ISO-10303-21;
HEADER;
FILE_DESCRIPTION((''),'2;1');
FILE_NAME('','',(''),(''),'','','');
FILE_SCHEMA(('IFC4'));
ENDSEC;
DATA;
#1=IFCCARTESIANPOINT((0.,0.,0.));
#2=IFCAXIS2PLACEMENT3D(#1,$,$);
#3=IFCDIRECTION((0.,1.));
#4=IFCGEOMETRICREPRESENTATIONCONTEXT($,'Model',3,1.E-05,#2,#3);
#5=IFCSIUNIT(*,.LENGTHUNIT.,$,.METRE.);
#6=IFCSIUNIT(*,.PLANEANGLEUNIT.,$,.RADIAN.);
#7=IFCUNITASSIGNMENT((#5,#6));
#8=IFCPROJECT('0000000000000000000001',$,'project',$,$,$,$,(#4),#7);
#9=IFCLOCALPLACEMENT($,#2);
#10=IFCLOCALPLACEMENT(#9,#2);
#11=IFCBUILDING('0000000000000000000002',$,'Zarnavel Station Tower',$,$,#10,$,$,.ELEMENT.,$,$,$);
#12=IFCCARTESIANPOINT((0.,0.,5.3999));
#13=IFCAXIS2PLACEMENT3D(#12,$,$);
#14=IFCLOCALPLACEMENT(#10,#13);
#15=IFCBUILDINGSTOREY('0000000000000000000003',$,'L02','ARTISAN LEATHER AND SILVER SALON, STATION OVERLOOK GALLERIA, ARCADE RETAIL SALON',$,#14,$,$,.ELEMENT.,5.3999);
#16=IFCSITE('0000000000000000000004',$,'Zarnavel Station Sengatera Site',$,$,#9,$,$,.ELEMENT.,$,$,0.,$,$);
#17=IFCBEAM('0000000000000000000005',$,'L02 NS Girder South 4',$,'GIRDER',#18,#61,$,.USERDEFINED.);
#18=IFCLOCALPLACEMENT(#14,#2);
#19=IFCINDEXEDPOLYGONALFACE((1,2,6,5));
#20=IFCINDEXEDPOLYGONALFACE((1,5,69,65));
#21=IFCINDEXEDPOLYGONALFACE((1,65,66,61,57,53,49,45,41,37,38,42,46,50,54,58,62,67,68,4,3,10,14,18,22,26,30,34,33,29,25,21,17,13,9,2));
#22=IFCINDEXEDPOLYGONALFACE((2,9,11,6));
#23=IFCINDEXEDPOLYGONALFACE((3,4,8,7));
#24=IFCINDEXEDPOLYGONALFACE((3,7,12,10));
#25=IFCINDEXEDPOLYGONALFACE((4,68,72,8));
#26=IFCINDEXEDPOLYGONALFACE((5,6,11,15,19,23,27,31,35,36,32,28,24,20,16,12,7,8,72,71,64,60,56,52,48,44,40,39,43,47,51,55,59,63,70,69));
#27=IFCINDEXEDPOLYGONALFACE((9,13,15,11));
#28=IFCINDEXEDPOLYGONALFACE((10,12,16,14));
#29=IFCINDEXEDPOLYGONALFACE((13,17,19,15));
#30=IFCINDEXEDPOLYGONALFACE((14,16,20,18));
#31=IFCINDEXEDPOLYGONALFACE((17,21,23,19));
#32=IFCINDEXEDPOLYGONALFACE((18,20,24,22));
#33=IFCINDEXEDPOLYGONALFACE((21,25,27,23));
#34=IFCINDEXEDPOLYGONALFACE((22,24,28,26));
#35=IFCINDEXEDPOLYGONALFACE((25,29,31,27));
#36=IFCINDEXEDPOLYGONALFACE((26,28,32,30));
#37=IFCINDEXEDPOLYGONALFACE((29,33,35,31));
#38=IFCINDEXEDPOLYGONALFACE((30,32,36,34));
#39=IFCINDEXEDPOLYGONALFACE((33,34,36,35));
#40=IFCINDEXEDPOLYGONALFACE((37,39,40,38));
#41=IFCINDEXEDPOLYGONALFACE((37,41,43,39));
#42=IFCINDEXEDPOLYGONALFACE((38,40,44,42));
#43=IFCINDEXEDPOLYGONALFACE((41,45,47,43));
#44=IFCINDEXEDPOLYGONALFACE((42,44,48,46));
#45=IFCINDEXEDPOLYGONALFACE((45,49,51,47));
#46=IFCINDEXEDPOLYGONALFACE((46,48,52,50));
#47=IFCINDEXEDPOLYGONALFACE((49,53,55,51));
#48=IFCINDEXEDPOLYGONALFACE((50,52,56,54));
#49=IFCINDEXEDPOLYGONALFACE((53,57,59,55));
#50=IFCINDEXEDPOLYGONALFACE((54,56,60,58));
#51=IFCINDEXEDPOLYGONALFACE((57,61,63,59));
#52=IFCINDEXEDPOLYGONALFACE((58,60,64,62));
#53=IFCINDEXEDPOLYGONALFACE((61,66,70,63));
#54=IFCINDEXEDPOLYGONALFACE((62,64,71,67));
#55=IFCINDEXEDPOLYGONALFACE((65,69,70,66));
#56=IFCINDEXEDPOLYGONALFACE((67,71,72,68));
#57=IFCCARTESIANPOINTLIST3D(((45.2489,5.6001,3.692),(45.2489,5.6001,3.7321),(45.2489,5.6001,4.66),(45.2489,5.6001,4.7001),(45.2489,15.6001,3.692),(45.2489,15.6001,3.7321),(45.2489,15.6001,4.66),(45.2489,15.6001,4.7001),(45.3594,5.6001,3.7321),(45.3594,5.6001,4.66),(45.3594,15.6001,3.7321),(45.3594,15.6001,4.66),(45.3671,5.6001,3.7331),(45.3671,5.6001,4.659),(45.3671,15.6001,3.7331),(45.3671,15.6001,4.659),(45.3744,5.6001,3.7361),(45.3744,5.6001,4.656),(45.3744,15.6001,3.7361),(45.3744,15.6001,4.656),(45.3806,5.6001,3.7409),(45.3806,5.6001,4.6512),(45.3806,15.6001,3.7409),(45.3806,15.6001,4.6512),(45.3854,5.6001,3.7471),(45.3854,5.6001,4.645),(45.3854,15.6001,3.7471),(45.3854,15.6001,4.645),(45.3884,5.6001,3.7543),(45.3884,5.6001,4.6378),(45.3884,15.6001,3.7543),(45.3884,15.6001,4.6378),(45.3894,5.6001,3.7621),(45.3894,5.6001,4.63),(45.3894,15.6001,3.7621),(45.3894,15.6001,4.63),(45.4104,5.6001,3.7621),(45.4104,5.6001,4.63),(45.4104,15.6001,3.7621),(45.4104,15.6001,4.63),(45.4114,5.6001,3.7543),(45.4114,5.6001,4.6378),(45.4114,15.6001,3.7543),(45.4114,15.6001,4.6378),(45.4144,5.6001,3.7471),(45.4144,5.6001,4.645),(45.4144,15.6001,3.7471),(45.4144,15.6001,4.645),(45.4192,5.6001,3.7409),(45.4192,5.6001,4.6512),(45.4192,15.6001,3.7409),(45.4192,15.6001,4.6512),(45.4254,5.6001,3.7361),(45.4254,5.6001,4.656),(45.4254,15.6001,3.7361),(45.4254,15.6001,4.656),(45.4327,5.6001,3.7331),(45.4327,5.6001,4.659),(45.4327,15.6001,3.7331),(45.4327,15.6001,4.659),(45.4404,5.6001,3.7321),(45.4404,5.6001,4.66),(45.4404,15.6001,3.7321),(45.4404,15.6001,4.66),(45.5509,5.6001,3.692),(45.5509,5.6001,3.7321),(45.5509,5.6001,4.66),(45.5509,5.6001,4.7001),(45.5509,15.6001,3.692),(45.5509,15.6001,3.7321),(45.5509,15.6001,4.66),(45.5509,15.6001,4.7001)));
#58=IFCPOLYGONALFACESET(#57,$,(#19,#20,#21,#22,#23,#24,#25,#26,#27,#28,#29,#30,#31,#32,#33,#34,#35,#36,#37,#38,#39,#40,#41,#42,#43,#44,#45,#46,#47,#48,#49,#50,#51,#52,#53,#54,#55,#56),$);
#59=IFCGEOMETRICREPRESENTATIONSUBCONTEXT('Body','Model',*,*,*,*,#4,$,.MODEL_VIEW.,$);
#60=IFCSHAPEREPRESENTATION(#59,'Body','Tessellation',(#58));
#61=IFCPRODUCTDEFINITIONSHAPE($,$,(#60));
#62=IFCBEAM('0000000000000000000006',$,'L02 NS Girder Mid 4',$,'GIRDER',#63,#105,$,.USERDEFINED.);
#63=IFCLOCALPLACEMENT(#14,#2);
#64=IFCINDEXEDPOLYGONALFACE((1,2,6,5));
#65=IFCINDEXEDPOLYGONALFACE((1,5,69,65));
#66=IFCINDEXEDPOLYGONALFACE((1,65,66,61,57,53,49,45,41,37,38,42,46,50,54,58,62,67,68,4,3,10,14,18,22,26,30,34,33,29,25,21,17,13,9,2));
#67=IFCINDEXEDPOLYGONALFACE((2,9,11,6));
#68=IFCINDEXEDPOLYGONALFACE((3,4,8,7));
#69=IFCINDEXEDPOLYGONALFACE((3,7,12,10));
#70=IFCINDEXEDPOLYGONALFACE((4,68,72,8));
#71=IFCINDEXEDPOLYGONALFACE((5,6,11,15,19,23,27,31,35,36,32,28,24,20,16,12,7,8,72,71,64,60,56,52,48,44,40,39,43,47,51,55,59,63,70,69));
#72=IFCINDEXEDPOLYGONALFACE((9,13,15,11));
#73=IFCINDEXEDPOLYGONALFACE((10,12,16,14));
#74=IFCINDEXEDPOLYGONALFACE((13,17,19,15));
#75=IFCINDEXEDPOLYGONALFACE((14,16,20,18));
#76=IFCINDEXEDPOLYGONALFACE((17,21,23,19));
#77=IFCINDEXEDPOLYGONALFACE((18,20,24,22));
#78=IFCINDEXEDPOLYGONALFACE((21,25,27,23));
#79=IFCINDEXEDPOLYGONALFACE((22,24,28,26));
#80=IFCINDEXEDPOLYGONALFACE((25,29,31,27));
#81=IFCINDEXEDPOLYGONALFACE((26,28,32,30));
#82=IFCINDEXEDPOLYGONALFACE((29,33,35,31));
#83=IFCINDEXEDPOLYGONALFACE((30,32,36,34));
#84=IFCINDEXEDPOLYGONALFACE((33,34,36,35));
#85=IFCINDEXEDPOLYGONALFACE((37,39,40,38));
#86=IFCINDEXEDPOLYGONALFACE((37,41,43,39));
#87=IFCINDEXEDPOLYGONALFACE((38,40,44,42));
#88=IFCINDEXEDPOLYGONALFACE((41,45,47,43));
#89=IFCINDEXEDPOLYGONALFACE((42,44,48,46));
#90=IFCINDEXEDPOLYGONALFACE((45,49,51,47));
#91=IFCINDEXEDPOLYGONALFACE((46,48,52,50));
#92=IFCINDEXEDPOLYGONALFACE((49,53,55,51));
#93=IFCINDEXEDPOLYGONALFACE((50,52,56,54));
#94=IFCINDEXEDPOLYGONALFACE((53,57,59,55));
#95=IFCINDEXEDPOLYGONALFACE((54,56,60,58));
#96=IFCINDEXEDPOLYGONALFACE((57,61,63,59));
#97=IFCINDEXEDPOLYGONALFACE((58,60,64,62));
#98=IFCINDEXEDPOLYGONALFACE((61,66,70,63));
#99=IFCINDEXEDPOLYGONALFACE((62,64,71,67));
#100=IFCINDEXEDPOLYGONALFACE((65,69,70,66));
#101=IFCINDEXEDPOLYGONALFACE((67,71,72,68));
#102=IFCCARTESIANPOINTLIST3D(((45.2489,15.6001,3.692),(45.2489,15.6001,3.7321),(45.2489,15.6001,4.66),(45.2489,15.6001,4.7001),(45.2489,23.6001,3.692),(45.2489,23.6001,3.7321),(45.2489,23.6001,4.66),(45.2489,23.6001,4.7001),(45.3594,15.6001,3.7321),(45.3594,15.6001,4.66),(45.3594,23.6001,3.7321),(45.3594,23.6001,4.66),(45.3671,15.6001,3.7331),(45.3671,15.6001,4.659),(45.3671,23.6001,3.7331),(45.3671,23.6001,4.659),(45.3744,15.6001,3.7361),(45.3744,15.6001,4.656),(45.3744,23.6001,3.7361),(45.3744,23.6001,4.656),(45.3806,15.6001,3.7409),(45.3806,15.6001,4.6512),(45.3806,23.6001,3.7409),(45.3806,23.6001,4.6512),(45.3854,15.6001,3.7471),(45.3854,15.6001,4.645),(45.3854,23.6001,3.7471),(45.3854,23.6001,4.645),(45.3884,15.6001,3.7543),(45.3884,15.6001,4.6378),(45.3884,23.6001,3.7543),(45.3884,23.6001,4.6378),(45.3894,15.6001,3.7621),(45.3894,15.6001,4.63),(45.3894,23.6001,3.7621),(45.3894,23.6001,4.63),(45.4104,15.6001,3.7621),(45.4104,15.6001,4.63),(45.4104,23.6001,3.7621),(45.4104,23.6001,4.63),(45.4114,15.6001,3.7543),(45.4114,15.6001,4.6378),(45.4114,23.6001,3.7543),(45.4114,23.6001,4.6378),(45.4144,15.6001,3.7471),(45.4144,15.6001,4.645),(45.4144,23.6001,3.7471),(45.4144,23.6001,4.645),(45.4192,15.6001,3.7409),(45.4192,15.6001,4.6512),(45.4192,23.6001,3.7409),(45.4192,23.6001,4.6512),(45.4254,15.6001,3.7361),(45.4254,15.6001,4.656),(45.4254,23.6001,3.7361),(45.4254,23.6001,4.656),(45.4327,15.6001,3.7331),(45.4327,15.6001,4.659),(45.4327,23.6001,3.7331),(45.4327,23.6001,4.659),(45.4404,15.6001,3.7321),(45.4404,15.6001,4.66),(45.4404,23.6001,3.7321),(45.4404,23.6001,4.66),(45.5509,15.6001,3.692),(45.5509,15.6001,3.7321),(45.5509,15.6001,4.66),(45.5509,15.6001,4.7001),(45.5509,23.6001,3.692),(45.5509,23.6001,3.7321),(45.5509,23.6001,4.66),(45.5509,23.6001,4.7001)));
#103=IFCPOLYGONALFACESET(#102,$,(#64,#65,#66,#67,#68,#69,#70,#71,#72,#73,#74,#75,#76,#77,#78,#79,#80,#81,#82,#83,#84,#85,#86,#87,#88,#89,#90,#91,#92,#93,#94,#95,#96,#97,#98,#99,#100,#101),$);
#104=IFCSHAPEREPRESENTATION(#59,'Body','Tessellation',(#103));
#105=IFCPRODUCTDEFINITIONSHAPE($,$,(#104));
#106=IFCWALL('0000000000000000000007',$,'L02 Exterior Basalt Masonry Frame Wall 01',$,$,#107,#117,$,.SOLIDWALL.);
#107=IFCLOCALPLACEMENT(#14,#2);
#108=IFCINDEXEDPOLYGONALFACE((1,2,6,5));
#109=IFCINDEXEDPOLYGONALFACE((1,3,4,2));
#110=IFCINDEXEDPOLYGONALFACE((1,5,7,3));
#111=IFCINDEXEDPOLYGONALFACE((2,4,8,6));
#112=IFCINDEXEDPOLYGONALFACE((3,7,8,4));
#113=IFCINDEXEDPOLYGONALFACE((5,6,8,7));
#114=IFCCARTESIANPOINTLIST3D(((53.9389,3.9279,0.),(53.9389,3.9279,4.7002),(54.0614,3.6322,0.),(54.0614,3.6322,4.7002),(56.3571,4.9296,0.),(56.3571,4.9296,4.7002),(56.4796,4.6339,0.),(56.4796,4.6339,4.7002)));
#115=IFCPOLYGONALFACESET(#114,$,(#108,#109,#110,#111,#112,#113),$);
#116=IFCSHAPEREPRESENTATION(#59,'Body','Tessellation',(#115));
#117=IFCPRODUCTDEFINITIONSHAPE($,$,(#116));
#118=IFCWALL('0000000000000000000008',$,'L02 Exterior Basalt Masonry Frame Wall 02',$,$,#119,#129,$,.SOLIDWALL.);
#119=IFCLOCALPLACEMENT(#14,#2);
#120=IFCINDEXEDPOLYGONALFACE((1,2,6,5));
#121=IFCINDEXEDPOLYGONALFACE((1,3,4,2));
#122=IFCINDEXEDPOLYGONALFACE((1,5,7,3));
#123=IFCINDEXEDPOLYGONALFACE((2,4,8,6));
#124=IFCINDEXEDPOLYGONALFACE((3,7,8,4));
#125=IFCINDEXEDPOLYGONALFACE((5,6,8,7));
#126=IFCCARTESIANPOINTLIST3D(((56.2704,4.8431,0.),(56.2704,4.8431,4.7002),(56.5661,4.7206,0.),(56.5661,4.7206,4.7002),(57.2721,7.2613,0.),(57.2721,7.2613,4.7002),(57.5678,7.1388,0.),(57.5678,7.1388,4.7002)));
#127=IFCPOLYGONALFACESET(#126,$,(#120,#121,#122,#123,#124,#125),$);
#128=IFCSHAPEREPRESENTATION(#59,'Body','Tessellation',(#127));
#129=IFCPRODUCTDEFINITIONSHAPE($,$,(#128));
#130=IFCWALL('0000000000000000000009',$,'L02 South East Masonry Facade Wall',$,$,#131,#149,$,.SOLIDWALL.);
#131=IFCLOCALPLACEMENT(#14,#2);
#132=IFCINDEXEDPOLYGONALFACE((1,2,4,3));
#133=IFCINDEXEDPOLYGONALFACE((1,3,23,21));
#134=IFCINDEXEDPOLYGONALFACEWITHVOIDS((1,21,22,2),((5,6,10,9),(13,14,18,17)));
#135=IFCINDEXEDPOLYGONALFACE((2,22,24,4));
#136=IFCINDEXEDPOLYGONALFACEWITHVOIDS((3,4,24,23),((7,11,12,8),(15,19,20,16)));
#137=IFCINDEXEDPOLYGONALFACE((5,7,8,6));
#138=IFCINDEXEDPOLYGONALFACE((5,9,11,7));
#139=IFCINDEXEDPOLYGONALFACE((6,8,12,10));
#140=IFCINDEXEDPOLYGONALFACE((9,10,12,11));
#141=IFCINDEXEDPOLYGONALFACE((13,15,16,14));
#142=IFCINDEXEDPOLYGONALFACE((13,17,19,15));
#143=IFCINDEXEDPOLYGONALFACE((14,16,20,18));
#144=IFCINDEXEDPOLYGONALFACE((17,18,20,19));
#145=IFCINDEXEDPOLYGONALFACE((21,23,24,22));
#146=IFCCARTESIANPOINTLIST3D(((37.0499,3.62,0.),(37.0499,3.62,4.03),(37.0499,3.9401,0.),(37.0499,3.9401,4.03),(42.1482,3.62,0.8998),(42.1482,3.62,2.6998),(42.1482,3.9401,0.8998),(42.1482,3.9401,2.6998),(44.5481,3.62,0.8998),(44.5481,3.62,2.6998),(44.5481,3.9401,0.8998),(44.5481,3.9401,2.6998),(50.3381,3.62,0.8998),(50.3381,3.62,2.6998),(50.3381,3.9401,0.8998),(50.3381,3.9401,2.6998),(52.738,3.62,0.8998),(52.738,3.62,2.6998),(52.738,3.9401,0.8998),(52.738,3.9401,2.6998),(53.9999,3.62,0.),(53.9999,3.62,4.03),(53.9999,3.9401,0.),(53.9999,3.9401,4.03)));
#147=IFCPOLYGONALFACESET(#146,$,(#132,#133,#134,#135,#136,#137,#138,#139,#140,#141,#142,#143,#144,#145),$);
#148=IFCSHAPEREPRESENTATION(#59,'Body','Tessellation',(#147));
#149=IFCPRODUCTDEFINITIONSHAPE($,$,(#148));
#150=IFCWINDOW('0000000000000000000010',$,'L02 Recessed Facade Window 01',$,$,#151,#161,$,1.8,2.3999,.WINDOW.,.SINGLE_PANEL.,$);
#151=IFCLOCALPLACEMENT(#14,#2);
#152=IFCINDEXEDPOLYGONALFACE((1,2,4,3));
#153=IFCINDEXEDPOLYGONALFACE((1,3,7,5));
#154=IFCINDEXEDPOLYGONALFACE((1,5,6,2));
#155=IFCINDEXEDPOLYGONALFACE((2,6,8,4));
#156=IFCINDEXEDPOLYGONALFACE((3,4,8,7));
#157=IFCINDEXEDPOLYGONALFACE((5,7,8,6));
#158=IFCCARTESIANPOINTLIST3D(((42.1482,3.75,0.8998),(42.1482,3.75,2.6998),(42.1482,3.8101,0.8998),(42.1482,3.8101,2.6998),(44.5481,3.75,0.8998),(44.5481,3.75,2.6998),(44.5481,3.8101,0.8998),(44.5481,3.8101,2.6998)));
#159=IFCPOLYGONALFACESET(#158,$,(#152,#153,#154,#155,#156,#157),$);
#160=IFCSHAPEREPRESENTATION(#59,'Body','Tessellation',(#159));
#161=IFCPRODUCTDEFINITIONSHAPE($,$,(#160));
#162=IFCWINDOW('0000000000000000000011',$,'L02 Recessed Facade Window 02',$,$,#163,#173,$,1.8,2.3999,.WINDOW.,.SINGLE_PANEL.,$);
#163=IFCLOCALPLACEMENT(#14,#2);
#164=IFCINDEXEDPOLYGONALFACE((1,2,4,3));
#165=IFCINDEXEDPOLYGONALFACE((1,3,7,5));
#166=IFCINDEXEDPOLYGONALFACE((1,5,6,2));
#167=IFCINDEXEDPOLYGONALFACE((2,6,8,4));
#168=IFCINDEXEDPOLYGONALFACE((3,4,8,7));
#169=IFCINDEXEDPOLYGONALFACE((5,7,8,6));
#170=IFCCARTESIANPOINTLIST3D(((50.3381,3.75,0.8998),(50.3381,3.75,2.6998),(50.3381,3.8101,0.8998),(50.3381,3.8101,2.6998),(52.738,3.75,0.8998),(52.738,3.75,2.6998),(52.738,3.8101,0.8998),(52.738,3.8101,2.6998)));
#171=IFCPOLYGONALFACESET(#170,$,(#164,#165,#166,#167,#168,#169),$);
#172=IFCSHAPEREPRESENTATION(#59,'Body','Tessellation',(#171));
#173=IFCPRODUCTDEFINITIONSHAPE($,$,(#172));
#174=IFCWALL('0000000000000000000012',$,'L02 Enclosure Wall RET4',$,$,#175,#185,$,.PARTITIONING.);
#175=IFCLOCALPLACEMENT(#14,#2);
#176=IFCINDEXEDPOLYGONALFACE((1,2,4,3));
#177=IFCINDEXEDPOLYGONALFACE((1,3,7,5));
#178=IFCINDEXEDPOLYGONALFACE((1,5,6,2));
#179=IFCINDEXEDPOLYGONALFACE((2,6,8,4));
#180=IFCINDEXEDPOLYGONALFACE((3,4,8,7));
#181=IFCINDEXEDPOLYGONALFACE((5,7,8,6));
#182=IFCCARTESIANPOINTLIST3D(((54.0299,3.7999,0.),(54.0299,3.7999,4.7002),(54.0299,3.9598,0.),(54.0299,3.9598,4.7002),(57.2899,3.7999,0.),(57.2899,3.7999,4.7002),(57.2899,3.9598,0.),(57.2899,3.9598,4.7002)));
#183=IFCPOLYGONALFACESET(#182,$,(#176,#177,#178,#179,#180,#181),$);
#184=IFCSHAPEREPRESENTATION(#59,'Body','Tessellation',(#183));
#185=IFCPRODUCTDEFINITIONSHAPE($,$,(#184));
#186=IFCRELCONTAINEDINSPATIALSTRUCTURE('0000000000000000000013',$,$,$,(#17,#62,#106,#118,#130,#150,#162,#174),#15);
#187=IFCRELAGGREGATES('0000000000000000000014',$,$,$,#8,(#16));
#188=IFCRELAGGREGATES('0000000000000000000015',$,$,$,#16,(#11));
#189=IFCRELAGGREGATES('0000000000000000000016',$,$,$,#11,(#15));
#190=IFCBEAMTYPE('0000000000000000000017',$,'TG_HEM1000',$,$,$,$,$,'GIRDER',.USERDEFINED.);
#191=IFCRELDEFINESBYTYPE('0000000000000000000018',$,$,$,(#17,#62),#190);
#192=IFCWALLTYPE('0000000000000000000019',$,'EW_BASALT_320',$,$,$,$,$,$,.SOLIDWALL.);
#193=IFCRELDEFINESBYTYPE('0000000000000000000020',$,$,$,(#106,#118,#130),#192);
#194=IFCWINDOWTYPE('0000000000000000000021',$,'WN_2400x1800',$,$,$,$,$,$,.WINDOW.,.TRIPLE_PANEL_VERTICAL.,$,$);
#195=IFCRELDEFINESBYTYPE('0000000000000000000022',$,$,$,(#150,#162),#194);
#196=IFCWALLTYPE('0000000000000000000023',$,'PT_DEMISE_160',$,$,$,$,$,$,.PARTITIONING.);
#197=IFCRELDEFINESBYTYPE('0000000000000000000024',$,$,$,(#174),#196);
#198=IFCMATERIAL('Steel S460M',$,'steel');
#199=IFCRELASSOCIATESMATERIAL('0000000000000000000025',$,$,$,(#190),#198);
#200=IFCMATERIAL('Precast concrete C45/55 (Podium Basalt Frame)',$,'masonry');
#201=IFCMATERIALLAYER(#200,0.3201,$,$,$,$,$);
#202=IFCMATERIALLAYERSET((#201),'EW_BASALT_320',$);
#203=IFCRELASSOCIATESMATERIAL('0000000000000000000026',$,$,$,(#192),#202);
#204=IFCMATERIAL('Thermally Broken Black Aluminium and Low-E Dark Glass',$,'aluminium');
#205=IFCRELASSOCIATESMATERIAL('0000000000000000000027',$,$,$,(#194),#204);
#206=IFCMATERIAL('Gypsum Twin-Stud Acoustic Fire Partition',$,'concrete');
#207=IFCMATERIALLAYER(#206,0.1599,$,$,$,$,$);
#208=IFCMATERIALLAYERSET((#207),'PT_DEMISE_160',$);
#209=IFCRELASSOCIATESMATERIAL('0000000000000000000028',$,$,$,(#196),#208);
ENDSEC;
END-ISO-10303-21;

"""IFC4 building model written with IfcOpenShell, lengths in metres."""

from ifc_helpers import new_model, si_unit, direction, frame, frame_2d, origin, origin_2d, place, context, subcontext, project, spatial, rectangle, i_section, extrude, material, layer, layer_set, material_profile, profile_set, type_object, element, fill, save


model = new_model("IFC4")

# Units and contexts
model_context = context("Model", 3, precision=1e-05, world=origin(), true_north=direction((0.0, 1.0)))
body_context = subcontext(model_context, "Body", "Model", "MODEL_VIEW")
ifc_project = project(units=[si_unit("LENGTHUNIT", "METRE"), si_unit("PLANEANGLEUNIT", "RADIAN")], contexts=[model_context])

# Site, building, storey
site_placement = place(None, origin())
site = spatial("IfcSite", under=ifc_project, at=site_placement, Name="Zarnavel Station Sengatera Site", CompositionType="ELEMENT", RefElevation=0.0)
building_placement = place(site_placement, origin())
building = spatial("IfcBuilding", under=site, at=building_placement, Name="Zarnavel Station Tower", CompositionType="ELEMENT")
storey_placement = place(building_placement, frame((0.0, 0.0, 5.3999)))
storey = spatial("IfcBuildingStorey", under=building, at=storey_placement, Name="L02", Description="ARTISAN LEATHER AND SILVER SALON, STATION OVERLOOK GALLERIA, ARCADE RETAIL SALON", CompositionType="ELEMENT", Elevation=5.3999)

# Beams
ifc_material_1 = material(Name="Steel S460M", Category="steel")
ifc_material_profile_1 = material_profile(ifc_material_1, i_section(OverallWidth=0.302, OverallDepth=1.0081, WebThickness=0.021, FlangeThickness=0.04, FilletRadius=0.03, at=origin_2d()), Name="HEM1000")
ifc_profile_set_1 = profile_set([ifc_material_profile_1], Name="Steel S460M")
beam_type_1 = type_object("IfcBeamType", Name="TG_HEM1000", ElementType="GIRDER", PredefinedType="USERDEFINED", material=ifc_profile_set_1)
beam_1_placement = place(storey_placement, frame((45.3999, 5.6001, 4.196), z_axis=(0.0, 1.0, 0.0), x_axis=(-1.0, 0.0, 0.0)))
element("IfcBeam", 1, at=beam_1_placement, inside=storey, type_object=beam_type_1, Name="L02 NS Girder South 4", ObjectType="GIRDER", PredefinedType="USERDEFINED", context=body_context, shape_type="SweptSolid", body=[
    extrude(i_section(OverallWidth=0.302, OverallDepth=1.0081, WebThickness=0.021, FlangeThickness=0.04, FilletRadius=0.03, at=origin_2d()), origin(), (0.0, 0.0, 1.0), 10.0),
])
beam_2_placement = place(storey_placement, frame((45.3999, 15.6001, 4.196), z_axis=(0.0, 1.0, 0.0), x_axis=(-1.0, 0.0, 0.0)))
element("IfcBeam", 2, at=beam_2_placement, inside=storey, type_object=beam_type_1, Name="L02 NS Girder Mid 4", ObjectType="GIRDER", PredefinedType="USERDEFINED", context=body_context, shape_type="SweptSolid", body=[
    extrude(i_section(OverallWidth=0.302, OverallDepth=1.0081, WebThickness=0.021, FlangeThickness=0.04, FilletRadius=0.03, at=origin_2d()), origin(), (0.0, 0.0, 1.0), 8.0),
])

# Walls
ifc_material_2 = material(Name="Precast concrete C45/55 (Podium Basalt Frame)", Category="masonry")
ifc_layer_1 = layer(ifc_material_2, 0.3201)
ifc_layer_set_1 = layer_set([ifc_layer_1], Name="EW_BASALT_320")
wall_type_1 = type_object("IfcWallType", Name="EW_BASALT_320", PredefinedType="SOLIDWALL", material=ifc_layer_set_1)
for number, where, z_axis, x_axis, name in (
    (3, (56.4182, 4.7817, 0.0), (0.0, 0.0, 1.0), (-0.923872, -0.382701, 0.0), "L02 Exterior Basalt Masonry Frame Wall 01"),
    (4, (57.4199, 7.2, 0.0), (0.0, 0.0, 1.0), (-0.382701, -0.923872, 0.0), "L02 Exterior Basalt Masonry Frame Wall 02"),
):
    element("IfcWall", number, at=place(storey_placement, frame(where, z_axis=z_axis, x_axis=x_axis)), inside=storey, type_object=wall_type_1, Name=name, PredefinedType="SOLIDWALL", context=body_context, shape_type="SweptSolid", body=[
        extrude(rectangle(XDim=2.6174, YDim=0.3201, at=frame_2d((1.3086, 0.0))), origin(), (0.0, 0.0, 1.0), 4.7002),
    ])

# Wall, openings, windows
wall_1_placement = place(storey_placement, frame((54.0, 3.78, 0.0), z_axis=(0.0, 0.0, 1.0), x_axis=(-1.0, 0.0, 0.0)))
wall_1 = element("IfcWall", 5, at=wall_1_placement, inside=storey, type_object=wall_type_1, Name="L02 South East Masonry Facade Wall", PredefinedType="SOLIDWALL", context=body_context, shape_type="SweptSolid", body=[
    extrude(rectangle(XDim=16.95, YDim=0.3201, at=frame_2d((8.4751, 0.0))), origin(), (0.0, 0.0, 1.0), 4.03),
])
opening_1_placement = place(wall_1_placement, frame((9.4519, 0.0, 0.8999)))
opening_1 = element("IfcOpeningElement", 6, at=opening_1_placement, cuts=wall_1, PredefinedType="OPENING", context=body_context, shape_type="SweptSolid", body=[
    extrude(rectangle(XDim=2.3999, YDim=1.8, at=frame_2d((1.2, 0.8999))), frame((0.0, 0.1699, 0.0), z_axis=(0.0, -1.0, 0.0), x_axis=(1.0, 0.0, 0.0)), (0.0, 0.0, 1.0), 0.3401),
])
opening_2_placement = place(wall_1_placement, frame((1.262, 0.0, 0.8999)))
opening_2 = element("IfcOpeningElement", 7, at=opening_2_placement, cuts=wall_1, PredefinedType="OPENING", context=body_context, shape_type="SweptSolid", body=[
    extrude(rectangle(XDim=2.3999, YDim=1.8, at=frame_2d((1.2, 0.8999))), frame((0.0, 0.1699, 0.0), z_axis=(0.0, -1.0, 0.0), x_axis=(1.0, 0.0, 0.0)), (0.0, 0.0, 1.0), 0.3401),
])
ifc_material_3 = material(Name="Thermally Broken Black Aluminium and Low-E Dark Glass", Category="aluminium")
window_type = type_object("IfcWindowType", Name="WN_2400x1800", PartitioningType="TRIPLE_PANEL_VERTICAL", PredefinedType="WINDOW", material=ifc_material_3)
window_1_placement = place(opening_1_placement, origin())
window_1 = element("IfcWindow", 8, at=window_1_placement, inside=storey, type_object=window_type, Name="L02 Recessed Facade Window 01", OverallHeight=1.8, OverallWidth=2.3999, PartitioningType="SINGLE_PANEL", PredefinedType="WINDOW", context=body_context, shape_type="SweptSolid", body=[
    extrude(rectangle(XDim=2.3999, YDim=1.8, at=frame_2d((1.2, 0.8999))), frame((0.0, 0.03, 0.0), z_axis=(0.0, -1.0, 0.0), x_axis=(1.0, 0.0, 0.0)), (0.0, 0.0, 1.0), 0.0601),
])
fill(opening_1, window_1)
window_2_placement = place(opening_2_placement, origin())
window_2 = element("IfcWindow", 9, at=window_2_placement, inside=storey, type_object=window_type, Name="L02 Recessed Facade Window 02", OverallHeight=1.8, OverallWidth=2.3999, PartitioningType="SINGLE_PANEL", PredefinedType="WINDOW", context=body_context, shape_type="SweptSolid", body=[
    extrude(rectangle(XDim=2.3999, YDim=1.8, at=frame_2d((1.2, 0.8999))), frame((0.0, 0.03, 0.0), z_axis=(0.0, -1.0, 0.0), x_axis=(1.0, 0.0, 0.0)), (0.0, 0.0, 1.0), 0.0601),
])
fill(opening_2, window_2)

# Wall
ifc_material_4 = material(Name="Gypsum Twin-Stud Acoustic Fire Partition", Category="concrete")
ifc_layer_2 = layer(ifc_material_4, 0.1599)
ifc_layer_set_2 = layer_set([ifc_layer_2], Name="PT_DEMISE_160")
wall_type_2 = type_object("IfcWallType", Name="PT_DEMISE_160", PredefinedType="PARTITIONING", material=ifc_layer_set_2)
for number, where, z_axis, x_axis, name in (
    (10, (54.03, 3.8799, 0.0), (0.0, 0.0, 1.0), (1.0, 0.0, 0.0), "L02 Enclosure Wall RET4"),
):
    element("IfcWall", number, at=place(storey_placement, frame(where, z_axis=z_axis, x_axis=x_axis)), inside=storey, type_object=wall_type_2, Name=name, PredefinedType="PARTITIONING", context=body_context, shape_type="SweptSolid", body=[
        extrude(rectangle(XDim=3.26, YDim=0.1599, at=frame_2d((1.6299, 0.0))), origin(), (0.0, 0.0, 1.0), 4.7002),
    ])

save(model, "model.ifc")
